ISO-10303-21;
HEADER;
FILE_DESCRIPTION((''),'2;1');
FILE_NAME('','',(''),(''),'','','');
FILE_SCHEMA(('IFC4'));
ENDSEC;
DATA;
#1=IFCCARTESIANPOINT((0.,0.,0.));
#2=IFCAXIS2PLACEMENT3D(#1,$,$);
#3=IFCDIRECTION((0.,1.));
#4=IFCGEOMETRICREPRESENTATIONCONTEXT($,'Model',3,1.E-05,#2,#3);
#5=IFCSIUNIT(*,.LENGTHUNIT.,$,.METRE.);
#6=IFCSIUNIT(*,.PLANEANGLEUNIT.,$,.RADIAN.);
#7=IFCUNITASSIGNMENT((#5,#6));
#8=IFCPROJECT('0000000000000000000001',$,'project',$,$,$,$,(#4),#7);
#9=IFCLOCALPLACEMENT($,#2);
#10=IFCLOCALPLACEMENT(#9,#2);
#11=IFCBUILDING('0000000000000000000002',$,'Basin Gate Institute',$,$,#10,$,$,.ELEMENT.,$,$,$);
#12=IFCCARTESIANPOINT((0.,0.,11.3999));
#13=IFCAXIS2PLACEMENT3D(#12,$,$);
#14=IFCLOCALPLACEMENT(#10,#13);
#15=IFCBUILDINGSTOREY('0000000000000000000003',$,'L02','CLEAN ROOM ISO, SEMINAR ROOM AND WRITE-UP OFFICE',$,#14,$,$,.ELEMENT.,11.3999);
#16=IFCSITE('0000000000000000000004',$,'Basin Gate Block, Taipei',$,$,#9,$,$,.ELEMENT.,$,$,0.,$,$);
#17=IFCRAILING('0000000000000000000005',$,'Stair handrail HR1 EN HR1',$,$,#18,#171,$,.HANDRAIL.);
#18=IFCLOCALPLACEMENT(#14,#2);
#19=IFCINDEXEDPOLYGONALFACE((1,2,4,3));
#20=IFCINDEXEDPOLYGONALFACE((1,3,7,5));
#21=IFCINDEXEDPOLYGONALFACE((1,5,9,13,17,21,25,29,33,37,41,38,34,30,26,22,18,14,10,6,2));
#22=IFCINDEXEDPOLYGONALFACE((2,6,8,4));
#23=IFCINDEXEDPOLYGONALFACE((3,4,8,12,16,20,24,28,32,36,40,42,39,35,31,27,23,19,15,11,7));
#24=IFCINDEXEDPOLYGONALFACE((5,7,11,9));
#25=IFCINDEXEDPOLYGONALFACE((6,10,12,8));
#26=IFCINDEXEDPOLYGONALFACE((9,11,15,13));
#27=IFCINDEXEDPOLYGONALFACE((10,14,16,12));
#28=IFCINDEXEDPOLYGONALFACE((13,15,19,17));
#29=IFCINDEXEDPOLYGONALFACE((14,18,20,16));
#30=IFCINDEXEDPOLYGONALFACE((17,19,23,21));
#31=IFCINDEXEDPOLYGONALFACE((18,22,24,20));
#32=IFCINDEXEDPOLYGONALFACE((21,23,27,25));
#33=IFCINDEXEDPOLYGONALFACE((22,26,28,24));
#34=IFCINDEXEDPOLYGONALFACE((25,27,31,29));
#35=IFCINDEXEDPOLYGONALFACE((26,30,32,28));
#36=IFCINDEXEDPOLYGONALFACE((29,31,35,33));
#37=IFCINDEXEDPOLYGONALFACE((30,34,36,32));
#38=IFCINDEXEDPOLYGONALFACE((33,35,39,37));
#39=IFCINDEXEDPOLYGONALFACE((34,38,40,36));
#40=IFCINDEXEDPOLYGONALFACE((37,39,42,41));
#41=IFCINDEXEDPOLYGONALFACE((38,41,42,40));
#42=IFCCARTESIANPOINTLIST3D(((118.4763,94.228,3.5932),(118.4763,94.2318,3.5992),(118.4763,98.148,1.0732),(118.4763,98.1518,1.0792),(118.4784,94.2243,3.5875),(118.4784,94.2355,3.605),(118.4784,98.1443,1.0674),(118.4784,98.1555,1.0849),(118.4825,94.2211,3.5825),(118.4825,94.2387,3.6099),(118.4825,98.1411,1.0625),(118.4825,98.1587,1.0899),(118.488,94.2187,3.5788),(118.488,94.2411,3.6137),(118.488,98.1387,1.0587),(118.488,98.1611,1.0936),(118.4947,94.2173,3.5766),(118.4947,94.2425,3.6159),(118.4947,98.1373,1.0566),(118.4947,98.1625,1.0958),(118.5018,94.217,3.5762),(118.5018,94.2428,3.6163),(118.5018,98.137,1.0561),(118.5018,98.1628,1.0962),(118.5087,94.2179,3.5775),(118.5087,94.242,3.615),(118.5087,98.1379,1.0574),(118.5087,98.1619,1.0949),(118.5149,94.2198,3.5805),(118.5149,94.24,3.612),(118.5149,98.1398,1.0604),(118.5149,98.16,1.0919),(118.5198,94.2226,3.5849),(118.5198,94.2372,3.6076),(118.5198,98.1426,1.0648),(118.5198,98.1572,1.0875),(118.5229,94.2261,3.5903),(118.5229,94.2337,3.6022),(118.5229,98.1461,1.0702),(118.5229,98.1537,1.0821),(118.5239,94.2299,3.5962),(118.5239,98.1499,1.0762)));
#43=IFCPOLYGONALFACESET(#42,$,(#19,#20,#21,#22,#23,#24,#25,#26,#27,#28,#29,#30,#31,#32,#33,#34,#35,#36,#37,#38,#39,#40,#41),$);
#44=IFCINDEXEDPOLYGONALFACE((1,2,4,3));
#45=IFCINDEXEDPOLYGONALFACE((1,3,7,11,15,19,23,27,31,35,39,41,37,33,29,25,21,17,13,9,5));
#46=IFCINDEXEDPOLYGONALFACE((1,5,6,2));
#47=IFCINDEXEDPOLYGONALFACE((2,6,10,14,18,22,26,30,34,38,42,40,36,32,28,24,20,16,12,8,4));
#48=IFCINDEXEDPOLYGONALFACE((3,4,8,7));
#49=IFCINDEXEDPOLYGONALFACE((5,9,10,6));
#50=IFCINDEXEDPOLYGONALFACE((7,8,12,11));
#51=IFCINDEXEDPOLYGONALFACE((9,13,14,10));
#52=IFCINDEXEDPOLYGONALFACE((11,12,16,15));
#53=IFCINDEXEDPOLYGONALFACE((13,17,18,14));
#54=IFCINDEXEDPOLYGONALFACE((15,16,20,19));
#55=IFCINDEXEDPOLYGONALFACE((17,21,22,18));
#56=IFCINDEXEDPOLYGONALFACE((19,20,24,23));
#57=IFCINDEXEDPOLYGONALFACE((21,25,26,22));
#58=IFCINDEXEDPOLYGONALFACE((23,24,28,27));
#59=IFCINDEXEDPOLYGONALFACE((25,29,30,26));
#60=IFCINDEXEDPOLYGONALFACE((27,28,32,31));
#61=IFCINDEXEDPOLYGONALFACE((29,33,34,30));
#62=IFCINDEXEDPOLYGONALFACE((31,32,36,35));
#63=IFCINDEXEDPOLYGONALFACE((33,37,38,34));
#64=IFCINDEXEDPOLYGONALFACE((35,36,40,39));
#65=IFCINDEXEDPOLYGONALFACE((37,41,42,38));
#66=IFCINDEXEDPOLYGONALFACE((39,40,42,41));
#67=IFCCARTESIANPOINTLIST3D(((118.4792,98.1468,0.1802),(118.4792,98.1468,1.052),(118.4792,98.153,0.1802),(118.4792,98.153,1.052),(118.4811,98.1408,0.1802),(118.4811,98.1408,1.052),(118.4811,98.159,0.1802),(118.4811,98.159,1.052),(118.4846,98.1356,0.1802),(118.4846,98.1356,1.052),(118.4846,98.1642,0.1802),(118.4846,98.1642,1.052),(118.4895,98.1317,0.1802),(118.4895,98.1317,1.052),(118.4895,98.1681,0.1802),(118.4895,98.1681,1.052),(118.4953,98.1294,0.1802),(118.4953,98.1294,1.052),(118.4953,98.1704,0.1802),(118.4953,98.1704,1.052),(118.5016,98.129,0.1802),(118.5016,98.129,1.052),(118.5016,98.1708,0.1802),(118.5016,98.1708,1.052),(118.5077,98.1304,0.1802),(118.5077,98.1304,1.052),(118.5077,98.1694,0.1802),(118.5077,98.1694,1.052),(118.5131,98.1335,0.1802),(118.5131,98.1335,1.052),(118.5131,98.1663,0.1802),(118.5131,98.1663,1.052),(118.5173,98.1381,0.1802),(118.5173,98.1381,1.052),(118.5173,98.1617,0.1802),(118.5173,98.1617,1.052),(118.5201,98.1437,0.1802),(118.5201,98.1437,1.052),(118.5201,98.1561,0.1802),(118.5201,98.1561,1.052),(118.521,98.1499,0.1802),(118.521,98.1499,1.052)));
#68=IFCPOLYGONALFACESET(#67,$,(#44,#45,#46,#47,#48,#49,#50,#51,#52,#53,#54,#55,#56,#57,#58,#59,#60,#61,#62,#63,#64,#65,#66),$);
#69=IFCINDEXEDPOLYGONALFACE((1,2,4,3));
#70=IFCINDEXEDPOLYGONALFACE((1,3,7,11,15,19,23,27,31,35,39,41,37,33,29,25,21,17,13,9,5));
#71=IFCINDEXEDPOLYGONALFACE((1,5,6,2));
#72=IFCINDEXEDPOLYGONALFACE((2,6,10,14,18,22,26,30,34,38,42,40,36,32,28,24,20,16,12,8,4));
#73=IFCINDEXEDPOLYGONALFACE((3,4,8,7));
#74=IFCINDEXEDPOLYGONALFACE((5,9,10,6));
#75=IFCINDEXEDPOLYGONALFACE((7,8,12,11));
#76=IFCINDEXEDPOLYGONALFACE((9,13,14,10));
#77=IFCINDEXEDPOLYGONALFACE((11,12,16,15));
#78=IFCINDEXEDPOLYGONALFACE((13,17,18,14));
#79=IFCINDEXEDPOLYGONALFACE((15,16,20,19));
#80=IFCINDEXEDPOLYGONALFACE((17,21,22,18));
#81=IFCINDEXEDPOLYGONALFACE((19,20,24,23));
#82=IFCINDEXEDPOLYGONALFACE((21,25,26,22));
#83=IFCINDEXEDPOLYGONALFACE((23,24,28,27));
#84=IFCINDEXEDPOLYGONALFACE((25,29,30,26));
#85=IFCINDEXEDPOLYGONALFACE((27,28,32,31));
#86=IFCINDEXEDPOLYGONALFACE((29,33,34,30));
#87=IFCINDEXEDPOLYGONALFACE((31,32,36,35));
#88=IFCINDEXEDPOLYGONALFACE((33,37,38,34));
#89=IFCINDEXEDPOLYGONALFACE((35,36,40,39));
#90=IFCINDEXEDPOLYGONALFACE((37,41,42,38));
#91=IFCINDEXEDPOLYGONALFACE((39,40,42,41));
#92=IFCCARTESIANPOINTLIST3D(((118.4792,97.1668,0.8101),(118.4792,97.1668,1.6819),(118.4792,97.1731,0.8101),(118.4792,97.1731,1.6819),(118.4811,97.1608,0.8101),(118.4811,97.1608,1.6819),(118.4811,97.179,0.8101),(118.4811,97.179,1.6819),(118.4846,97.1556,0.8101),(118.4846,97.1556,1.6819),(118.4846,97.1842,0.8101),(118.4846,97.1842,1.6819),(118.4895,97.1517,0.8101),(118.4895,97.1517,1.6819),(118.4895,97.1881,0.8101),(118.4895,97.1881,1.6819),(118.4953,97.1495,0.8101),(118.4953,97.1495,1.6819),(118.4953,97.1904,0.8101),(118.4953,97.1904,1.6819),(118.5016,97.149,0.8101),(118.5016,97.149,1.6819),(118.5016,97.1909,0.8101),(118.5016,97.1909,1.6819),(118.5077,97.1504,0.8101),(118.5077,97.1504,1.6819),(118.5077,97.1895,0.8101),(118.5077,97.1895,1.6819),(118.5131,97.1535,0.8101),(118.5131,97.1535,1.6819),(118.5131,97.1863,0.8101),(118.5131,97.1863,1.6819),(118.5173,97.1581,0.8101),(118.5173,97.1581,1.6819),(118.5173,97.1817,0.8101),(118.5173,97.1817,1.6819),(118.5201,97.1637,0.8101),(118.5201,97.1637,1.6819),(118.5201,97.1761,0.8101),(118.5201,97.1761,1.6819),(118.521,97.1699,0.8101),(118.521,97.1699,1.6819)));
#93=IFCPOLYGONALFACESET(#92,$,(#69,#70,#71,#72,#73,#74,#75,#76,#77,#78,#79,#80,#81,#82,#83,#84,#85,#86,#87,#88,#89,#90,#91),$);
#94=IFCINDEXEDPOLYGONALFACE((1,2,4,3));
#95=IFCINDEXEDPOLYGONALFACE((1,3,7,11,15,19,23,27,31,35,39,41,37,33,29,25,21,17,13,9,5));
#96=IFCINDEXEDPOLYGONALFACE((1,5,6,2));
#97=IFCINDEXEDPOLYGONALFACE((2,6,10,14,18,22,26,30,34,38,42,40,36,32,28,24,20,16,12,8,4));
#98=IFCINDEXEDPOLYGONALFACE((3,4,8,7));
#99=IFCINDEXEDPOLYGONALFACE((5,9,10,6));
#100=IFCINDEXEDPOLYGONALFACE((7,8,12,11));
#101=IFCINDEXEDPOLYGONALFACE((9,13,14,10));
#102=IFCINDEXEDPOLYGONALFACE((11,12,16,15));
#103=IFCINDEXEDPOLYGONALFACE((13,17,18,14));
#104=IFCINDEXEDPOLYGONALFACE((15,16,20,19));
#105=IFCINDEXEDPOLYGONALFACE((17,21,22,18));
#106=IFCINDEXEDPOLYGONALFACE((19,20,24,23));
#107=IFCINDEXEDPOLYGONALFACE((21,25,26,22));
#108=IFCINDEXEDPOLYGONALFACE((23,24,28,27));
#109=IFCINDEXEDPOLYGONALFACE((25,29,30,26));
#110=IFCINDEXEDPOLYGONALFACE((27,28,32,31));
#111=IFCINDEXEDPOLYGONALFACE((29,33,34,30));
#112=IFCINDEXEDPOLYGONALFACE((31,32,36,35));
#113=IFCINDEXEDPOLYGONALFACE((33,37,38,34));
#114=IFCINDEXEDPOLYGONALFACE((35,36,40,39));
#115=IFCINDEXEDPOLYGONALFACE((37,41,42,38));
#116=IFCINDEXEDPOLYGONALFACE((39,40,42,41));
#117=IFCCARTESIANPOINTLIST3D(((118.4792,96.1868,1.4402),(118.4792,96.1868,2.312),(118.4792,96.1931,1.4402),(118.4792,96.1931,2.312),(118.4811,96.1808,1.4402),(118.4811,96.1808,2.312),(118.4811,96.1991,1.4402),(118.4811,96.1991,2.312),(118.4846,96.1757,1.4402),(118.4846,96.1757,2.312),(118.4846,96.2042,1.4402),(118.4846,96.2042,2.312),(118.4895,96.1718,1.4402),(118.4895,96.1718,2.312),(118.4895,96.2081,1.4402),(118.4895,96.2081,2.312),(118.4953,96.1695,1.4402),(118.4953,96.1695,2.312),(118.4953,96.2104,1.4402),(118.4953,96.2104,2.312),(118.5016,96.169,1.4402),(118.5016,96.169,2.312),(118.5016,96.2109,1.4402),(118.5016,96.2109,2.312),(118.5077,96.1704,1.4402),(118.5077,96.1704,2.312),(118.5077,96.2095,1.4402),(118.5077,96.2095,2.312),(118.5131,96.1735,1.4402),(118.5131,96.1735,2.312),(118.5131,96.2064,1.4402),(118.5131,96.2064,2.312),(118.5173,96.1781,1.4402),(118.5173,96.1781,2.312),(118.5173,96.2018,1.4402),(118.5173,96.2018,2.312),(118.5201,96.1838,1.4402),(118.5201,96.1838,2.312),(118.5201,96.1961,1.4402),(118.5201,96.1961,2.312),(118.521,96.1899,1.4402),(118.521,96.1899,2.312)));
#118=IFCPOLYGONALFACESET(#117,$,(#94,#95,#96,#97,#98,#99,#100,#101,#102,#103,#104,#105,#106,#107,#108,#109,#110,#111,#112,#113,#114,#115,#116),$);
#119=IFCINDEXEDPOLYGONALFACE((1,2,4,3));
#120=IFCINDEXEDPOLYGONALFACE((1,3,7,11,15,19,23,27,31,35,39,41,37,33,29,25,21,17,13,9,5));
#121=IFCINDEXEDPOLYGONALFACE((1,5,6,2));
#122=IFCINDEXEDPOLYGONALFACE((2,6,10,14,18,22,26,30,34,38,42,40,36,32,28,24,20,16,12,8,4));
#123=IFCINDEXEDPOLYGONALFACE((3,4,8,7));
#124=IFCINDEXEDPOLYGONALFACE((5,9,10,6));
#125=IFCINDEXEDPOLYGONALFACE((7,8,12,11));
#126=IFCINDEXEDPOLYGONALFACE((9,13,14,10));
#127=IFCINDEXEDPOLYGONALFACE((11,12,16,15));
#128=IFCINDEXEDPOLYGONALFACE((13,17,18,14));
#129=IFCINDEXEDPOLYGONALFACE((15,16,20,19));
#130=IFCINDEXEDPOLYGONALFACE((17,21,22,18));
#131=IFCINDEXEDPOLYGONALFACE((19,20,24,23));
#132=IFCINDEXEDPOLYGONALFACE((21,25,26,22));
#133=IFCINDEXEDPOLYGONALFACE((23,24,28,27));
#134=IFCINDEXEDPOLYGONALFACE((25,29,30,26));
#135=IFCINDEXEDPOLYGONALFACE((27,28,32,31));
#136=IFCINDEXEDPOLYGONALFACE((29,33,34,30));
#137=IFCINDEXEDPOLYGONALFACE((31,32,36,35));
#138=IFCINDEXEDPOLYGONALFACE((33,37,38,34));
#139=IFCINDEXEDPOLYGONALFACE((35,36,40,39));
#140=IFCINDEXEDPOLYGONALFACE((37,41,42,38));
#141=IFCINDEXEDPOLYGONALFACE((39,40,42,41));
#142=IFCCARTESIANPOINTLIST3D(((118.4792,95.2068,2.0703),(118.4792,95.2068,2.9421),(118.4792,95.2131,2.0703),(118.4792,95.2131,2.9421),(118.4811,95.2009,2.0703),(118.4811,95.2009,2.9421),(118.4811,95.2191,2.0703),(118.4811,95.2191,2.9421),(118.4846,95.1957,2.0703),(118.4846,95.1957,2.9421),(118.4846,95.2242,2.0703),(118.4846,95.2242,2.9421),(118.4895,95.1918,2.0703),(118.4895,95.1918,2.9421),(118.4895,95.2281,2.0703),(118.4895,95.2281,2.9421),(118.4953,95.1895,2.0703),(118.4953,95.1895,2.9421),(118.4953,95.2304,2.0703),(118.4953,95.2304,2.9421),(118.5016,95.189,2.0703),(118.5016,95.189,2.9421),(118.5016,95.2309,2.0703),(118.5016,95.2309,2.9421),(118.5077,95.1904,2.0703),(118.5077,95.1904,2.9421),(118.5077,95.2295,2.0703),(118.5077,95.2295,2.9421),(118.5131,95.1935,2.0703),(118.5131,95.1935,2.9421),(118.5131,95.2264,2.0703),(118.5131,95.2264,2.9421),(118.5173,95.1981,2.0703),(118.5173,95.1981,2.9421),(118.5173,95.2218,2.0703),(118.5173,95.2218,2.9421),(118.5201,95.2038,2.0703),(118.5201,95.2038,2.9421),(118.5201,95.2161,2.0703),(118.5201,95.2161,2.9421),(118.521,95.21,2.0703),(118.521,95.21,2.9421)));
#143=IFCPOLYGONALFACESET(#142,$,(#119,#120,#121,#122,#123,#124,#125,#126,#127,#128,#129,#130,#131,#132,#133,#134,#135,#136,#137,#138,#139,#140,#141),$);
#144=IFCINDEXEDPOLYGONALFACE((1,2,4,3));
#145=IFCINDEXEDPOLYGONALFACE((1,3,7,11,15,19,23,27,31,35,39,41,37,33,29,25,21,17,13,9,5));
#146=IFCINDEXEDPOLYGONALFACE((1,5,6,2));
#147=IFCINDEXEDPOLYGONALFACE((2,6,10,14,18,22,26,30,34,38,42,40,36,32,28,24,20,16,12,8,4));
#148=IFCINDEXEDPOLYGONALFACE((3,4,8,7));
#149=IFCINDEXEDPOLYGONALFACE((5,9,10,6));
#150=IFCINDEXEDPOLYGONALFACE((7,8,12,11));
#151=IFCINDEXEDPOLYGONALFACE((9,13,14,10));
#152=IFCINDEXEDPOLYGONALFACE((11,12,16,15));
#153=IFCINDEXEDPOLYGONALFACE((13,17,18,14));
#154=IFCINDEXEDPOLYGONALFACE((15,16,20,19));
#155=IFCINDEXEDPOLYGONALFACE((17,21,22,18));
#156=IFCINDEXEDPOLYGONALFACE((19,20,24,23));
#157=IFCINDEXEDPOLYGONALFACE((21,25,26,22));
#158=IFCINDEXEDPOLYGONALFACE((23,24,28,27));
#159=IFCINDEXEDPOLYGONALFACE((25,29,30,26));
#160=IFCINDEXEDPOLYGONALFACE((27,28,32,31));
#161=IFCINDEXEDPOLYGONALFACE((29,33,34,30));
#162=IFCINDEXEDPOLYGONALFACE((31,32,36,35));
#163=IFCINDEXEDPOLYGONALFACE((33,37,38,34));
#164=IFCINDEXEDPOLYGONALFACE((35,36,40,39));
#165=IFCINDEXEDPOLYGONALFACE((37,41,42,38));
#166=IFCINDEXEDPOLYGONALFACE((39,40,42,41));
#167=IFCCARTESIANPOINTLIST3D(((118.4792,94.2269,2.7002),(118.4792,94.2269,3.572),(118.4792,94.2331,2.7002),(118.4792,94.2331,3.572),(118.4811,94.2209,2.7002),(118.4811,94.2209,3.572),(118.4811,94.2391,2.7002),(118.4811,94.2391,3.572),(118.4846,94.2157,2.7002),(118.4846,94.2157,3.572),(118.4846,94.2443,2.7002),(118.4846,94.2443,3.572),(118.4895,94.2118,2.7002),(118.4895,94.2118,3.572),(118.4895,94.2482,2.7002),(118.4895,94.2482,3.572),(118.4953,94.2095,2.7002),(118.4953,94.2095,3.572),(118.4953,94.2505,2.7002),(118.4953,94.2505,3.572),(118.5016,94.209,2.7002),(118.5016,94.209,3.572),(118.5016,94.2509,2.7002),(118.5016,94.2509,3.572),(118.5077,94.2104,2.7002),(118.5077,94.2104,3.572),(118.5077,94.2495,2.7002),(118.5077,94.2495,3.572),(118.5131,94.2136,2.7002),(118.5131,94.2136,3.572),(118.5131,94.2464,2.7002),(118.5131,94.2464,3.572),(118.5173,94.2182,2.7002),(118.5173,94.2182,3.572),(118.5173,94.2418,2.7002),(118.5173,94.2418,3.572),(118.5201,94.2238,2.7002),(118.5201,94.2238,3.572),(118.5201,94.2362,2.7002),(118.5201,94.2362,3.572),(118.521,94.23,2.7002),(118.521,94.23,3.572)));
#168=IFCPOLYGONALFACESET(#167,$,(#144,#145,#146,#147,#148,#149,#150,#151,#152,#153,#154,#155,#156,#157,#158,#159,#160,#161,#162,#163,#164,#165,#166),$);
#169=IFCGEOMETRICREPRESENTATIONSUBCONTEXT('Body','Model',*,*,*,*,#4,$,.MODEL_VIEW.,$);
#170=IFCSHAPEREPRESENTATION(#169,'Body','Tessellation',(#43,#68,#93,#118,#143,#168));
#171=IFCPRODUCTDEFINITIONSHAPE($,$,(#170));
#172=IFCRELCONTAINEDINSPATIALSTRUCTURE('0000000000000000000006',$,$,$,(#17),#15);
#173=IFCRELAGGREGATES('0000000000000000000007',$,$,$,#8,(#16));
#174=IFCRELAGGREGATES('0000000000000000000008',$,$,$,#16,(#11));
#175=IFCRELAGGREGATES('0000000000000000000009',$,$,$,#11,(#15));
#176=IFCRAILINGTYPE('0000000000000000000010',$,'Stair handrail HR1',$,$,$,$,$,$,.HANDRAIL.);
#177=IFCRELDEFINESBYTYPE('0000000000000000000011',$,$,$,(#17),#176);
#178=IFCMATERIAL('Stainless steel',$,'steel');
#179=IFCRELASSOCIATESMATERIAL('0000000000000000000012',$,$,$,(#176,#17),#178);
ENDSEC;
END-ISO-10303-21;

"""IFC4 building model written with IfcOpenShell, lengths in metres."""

from ifc_helpers import new_model, si_unit, direction, frame, origin, origin_2d, place, context, subcontext, project, spatial, circle, extrude, material, type_object, element, save


model = new_model("IFC4")

# Units and contexts
model_context = context("Model", 3, precision=1e-05, world=origin(), true_north=direction((0.0, 1.0)))
body_context = subcontext(model_context, "Body", "Model", "MODEL_VIEW")
ifc_project = project(units=[si_unit("LENGTHUNIT", "METRE"), si_unit("PLANEANGLEUNIT", "RADIAN")], contexts=[model_context])

# Site, building, storey
site_placement = place(None, origin())
site = spatial("IfcSite", under=ifc_project, at=site_placement, Name="Basin Gate Block, Taipei", CompositionType="ELEMENT", RefElevation=0.0)
building_placement = place(site_placement, origin())
building = spatial("IfcBuilding", under=site, at=building_placement, Name="Basin Gate Institute", CompositionType="ELEMENT")
storey_placement = place(building_placement, frame((0.0, 0.0, 11.3999)))
storey = spatial("IfcBuildingStorey", under=building, at=storey_placement, Name="L02", Description="CLEAN ROOM ISO, SEMINAR ROOM AND WRITE-UP OFFICE", CompositionType="ELEMENT", Elevation=11.3999)

# Railing
ifc_material_1 = material(Name="Stainless steel", Category="steel")
railing_type_1 = type_object("IfcRailingType", Name="Stair handrail HR1", PredefinedType="HANDRAIL", material=ifc_material_1)
for number, where, name in (
    (1, (118.5, 98.1499, 0.1802), "Stair handrail HR1 EN HR1"),
):
    element("IfcRailing", number, at=place(storey_placement, frame(where)), inside=storey, type_object=railing_type_1, material=ifc_material_1, Name=name, PredefinedType="HANDRAIL", context=body_context, shape_type="SweptSolid", body=[
        extrude(circle(Radius=0.0239, at=origin_2d()), frame((0.0, 0.0, 0.896), z_axis=(0.0, -0.841172, 0.540768), x_axis=(1.0, 0.0, 0.0)), (0.0, 0.0, 1.0), 4.6602),
        extrude(circle(Radius=0.021, at=origin_2d()), origin(), (0.0, 0.0, 1.0), 0.8718),
        extrude(circle(Radius=0.021, at=origin_2d()), frame((0.0, -0.98, 0.6299)), (0.0, 0.0, 1.0), 0.8718),
        extrude(circle(Radius=0.021, at=origin_2d()), frame((0.0, -1.96, 1.26)), (0.0, 0.0, 1.0), 0.8718),
        extrude(circle(Radius=0.021, at=origin_2d()), frame((0.0, -2.9399, 1.8901)), (0.0, 0.0, 1.0), 0.8718),
        extrude(circle(Radius=0.021, at=origin_2d()), frame((0.0, -3.9199, 2.52)), (0.0, 0.0, 1.0), 0.8718),
    ])

save(model, "model.ifc")
